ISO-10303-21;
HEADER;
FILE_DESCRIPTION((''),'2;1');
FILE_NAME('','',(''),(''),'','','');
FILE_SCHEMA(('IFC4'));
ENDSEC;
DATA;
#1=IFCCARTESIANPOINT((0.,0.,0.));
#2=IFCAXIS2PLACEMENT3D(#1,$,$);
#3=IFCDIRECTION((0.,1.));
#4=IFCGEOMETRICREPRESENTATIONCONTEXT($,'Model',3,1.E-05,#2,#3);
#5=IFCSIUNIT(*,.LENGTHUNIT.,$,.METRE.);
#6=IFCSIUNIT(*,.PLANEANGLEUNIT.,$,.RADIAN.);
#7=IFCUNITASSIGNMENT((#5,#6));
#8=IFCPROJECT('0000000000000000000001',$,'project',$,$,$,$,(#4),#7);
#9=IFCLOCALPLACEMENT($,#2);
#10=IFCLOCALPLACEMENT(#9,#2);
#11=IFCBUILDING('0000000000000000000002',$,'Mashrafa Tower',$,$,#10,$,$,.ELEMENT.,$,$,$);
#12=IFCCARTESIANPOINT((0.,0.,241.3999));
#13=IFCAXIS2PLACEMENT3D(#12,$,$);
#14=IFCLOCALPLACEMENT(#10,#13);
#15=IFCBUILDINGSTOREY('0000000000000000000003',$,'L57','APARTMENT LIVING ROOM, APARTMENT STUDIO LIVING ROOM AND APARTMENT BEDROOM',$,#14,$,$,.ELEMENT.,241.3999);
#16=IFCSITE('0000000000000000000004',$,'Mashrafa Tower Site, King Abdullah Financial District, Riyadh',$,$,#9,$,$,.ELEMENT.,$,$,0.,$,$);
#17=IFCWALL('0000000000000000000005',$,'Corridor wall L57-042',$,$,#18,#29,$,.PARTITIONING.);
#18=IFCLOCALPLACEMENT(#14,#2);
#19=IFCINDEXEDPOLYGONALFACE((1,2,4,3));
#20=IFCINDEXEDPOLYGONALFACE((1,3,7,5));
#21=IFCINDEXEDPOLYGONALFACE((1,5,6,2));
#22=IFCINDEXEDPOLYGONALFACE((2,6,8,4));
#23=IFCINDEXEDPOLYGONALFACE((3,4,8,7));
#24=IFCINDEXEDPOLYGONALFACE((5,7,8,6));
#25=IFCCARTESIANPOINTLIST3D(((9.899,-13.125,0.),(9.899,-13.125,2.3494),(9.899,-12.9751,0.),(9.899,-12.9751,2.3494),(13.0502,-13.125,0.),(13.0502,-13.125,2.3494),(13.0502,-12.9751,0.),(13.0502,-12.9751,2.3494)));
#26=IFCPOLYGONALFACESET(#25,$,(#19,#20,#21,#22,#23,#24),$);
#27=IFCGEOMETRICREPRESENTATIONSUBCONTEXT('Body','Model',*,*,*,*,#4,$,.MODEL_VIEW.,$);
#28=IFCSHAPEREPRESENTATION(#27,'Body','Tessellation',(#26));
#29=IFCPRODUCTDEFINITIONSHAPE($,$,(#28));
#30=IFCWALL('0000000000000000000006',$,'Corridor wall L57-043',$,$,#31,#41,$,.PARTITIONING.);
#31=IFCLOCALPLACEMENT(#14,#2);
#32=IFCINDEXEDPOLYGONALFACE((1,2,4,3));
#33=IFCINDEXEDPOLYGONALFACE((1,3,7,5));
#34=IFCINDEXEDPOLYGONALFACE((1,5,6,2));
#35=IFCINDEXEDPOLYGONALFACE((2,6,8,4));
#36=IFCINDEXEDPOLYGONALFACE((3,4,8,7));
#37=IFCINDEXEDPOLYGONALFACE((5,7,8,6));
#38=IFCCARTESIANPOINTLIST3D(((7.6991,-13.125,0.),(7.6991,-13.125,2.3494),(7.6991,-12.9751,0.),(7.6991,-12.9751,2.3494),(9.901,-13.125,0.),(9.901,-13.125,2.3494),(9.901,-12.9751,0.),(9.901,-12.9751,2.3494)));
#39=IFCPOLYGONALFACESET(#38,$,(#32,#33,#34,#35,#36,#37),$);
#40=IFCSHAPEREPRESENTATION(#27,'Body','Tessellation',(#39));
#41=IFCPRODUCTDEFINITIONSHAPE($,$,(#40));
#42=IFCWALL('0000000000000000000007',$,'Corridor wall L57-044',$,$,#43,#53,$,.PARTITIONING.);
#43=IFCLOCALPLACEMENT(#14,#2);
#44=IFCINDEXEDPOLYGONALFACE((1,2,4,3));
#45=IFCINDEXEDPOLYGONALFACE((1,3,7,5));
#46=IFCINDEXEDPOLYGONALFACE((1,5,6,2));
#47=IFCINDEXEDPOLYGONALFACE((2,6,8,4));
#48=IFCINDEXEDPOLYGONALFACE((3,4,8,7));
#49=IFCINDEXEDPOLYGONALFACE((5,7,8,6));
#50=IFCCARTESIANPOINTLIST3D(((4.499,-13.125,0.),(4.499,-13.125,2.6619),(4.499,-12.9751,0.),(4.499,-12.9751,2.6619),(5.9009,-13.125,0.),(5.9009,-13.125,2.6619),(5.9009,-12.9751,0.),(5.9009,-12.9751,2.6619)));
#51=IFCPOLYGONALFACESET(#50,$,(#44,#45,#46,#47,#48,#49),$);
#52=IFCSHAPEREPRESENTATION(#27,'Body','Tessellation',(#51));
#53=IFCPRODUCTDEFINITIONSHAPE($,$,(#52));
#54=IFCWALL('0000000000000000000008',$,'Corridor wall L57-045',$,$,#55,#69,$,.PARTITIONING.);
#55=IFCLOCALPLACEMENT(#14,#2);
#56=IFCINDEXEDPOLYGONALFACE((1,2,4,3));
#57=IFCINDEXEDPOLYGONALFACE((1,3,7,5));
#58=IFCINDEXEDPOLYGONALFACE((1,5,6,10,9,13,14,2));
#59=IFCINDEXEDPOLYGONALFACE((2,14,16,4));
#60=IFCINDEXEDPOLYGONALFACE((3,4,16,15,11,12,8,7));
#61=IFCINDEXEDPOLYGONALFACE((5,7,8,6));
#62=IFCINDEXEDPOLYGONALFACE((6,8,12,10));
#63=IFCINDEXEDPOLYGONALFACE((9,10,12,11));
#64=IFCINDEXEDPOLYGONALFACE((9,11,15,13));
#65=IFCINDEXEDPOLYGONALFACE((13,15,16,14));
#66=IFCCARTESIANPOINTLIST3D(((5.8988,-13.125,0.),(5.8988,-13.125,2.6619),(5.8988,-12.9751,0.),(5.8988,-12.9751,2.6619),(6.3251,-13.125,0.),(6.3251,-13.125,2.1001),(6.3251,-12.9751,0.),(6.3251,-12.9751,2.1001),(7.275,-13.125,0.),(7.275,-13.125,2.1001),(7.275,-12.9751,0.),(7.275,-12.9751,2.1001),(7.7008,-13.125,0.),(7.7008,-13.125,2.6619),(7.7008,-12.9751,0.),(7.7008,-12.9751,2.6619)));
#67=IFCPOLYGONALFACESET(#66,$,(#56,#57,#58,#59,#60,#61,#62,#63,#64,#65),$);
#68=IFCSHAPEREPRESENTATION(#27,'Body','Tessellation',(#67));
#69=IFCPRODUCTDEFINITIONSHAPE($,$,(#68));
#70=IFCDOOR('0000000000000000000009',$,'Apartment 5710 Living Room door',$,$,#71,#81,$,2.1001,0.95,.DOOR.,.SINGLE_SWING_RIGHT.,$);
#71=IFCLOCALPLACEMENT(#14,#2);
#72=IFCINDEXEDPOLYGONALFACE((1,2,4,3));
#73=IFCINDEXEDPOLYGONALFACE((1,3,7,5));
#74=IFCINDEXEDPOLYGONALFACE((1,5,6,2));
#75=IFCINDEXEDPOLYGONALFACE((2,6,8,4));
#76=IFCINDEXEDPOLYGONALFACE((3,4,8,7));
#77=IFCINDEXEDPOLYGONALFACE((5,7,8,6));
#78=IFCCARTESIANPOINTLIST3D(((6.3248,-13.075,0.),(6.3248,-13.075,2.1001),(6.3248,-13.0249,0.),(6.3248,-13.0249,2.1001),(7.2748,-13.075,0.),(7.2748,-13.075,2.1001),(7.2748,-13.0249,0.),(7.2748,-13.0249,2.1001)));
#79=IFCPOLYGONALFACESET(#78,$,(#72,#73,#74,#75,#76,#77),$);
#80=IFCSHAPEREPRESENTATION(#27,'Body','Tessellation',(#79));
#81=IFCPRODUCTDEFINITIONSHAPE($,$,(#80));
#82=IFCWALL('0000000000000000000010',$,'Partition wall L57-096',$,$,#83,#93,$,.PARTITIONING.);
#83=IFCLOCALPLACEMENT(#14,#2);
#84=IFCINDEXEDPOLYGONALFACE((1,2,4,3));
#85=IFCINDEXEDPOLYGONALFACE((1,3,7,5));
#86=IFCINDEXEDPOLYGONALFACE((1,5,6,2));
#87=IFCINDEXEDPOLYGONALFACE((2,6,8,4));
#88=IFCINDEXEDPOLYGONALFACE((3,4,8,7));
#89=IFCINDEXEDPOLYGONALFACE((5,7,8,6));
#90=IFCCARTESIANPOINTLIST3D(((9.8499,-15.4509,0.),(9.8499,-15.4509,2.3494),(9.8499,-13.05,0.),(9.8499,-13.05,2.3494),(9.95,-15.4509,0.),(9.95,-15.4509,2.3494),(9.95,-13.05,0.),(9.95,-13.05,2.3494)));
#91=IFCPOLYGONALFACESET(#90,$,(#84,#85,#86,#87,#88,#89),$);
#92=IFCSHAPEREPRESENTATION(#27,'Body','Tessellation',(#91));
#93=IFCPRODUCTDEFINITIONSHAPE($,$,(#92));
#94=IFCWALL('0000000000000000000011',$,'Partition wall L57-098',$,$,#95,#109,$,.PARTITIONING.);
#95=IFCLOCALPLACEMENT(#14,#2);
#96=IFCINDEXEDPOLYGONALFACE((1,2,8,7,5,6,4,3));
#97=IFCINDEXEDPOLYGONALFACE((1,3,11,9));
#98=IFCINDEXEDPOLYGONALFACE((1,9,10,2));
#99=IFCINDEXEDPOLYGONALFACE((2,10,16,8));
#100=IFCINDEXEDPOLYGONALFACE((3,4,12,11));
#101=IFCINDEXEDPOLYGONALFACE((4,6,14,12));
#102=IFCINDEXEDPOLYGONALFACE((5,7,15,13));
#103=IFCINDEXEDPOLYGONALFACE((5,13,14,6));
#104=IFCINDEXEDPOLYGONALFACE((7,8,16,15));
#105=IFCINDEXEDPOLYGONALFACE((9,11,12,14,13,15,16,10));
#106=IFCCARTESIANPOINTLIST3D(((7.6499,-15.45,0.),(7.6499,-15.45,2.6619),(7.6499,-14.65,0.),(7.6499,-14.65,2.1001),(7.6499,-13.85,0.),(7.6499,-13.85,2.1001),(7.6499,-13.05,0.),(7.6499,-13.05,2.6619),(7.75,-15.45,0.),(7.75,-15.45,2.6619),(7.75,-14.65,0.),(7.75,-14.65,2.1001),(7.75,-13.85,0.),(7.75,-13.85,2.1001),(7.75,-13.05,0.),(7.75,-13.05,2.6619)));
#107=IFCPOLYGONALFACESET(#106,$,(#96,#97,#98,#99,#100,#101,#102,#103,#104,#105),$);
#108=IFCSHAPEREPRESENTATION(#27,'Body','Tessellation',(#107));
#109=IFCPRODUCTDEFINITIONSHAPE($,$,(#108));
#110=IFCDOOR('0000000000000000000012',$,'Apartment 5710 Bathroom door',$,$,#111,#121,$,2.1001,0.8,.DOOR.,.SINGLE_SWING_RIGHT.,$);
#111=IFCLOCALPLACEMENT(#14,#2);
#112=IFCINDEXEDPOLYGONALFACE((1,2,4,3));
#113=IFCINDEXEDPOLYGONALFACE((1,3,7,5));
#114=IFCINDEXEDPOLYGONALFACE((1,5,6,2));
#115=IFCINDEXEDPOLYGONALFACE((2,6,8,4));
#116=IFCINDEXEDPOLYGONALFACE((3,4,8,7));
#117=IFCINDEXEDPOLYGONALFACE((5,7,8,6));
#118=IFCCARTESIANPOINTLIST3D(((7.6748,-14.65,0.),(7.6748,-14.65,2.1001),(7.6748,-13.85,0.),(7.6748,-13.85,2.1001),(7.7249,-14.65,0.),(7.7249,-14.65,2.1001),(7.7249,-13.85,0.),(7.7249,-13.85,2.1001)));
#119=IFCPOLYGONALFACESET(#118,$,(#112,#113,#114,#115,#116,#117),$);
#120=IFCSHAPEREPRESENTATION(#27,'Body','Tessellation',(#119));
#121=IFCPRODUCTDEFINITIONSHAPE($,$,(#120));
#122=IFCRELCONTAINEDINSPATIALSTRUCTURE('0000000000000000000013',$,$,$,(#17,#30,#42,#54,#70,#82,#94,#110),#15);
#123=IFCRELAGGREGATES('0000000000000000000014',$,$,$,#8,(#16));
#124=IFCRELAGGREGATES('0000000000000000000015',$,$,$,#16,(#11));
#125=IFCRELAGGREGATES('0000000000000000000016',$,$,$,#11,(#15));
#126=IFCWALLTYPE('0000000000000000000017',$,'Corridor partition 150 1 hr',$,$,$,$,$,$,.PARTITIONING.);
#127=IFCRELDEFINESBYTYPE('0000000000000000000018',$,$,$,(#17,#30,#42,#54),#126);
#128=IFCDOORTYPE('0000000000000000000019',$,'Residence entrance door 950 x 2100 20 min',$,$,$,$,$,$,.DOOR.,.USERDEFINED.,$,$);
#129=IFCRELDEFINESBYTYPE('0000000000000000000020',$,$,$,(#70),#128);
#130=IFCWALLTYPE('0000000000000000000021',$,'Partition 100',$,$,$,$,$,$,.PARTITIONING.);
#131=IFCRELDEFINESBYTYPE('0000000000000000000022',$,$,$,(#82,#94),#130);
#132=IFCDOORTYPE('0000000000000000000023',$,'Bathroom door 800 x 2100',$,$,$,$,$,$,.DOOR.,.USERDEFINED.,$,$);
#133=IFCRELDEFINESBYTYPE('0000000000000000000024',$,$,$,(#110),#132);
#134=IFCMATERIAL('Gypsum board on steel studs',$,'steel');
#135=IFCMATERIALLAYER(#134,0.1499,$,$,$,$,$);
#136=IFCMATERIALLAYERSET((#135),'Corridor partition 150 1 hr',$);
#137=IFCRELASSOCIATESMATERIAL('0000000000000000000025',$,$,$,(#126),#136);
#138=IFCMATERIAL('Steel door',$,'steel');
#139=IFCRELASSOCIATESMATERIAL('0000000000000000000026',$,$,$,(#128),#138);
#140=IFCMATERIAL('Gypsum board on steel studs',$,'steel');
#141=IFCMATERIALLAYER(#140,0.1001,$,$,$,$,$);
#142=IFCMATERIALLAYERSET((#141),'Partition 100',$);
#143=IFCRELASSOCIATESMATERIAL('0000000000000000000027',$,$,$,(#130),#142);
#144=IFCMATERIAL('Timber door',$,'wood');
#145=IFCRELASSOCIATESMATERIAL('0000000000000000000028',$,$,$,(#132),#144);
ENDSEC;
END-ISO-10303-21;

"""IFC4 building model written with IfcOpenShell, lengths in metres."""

from ifc_helpers import new_model, si_unit, direction, frame, frame_2d, origin, place, context, subcontext, project, spatial, rectangle, extrude, material, layer, layer_set, type_object, element, fill, save


model = new_model("IFC4")

# Units and contexts
model_context = context("Model", 3, precision=1e-05, world=origin(), true_north=direction((0.0, 1.0)))
body_context = subcontext(model_context, "Body", "Model", "MODEL_VIEW")
ifc_project = project(units=[si_unit("LENGTHUNIT", "METRE"), si_unit("PLANEANGLEUNIT", "RADIAN")], contexts=[model_context])

# Site, building, storey
site_placement = place(None, origin())
site = spatial("IfcSite", under=ifc_project, at=site_placement, Name="Mashrafa Tower Site, King Abdullah Financial District, Riyadh", CompositionType="ELEMENT", RefElevation=0.0)
building_placement = place(site_placement, origin())
building = spatial("IfcBuilding", under=site, at=building_placement, Name="Mashrafa Tower", CompositionType="ELEMENT")
storey_placement = place(building_placement, frame((0.0, 0.0, 241.3999)))
storey = spatial("IfcBuildingStorey", under=building, at=storey_placement, Name="L57", Description="APARTMENT LIVING ROOM, APARTMENT STUDIO LIVING ROOM AND APARTMENT BEDROOM", CompositionType="ELEMENT", Elevation=241.3999)

# Shared definitions
ifc_material_1 = material(Name="Gypsum board on steel studs", Category="steel")
ifc_layer_1 = layer(ifc_material_1, 0.1499)
ifc_layer_set_1 = layer_set([ifc_layer_1], Name="Corridor partition 150 1 hr")
wall_type_1 = type_object("IfcWallType", Name="Corridor partition 150 1 hr", PredefinedType="PARTITIONING", material=ifc_layer_set_1)
ifc_material_2 = material(Name="Steel door", Category="steel")
door_type_1 = type_object("IfcDoorType", Name="Residence entrance door 950 x 2100 20 min", OperationType="USERDEFINED", PredefinedType="DOOR", material=ifc_material_2)

# Walls
wall_1_placement = place(storey_placement, frame((9.8989, -13.05, 0.0), z_axis=(0.0, 0.0, 1.0), x_axis=(1.0, 0.0, 0.0)))
element("IfcWall", 1, at=wall_1_placement, inside=storey, type_object=wall_type_1, Name="Corridor wall L57-042", PredefinedType="PARTITIONING", context=body_context, shape_type="SweptSolid", body=[
    extrude(rectangle(XDim=3.1511, YDim=0.1499, at=frame_2d((1.5757, 0.0))), origin(), (0.0, 0.0, 1.0), 2.3494),
])
wall_2_placement = place(storey_placement, frame((7.699, -13.05, 0.0), z_axis=(0.0, 0.0, 1.0), x_axis=(1.0, 0.0, 0.0)))
element("IfcWall", 2, at=wall_2_placement, inside=storey, type_object=wall_type_1, Name="Corridor wall L57-043", PredefinedType="PARTITIONING", context=body_context, shape_type="SweptSolid", body=[
    extrude(rectangle(XDim=2.2019, YDim=0.1499, at=frame_2d((1.1011, 0.0))), origin(), (0.0, 0.0, 1.0), 2.3494),
])
wall_3_placement = place(storey_placement, frame((4.499, -13.05, 0.0), z_axis=(0.0, 0.0, 1.0), x_axis=(1.0, 0.0, 0.0)))
element("IfcWall", 3, at=wall_3_placement, inside=storey, type_object=wall_type_1, Name="Corridor wall L57-044", PredefinedType="PARTITIONING", context=body_context, shape_type="SweptSolid", body=[
    extrude(rectangle(XDim=1.4019, YDim=0.1499, at=frame_2d((0.7009, 0.0))), origin(), (0.0, 0.0, 1.0), 2.6619),
])

# Wall, opening, door
wall_4_placement = place(storey_placement, frame((5.8989, -13.05, 0.0), z_axis=(0.0, 0.0, 1.0), x_axis=(1.0, 0.0, 0.0)))
wall_4 = element("IfcWall", 4, at=wall_4_placement, inside=storey, type_object=wall_type_1, Name="Corridor wall L57-045", PredefinedType="PARTITIONING", context=body_context, shape_type="SweptSolid", body=[
    extrude(rectangle(XDim=1.802, YDim=0.1499, at=frame_2d((0.9009, 0.0))), origin(), (0.0, 0.0, 1.0), 2.6619),
])
opening_1_placement = place(wall_4_placement, frame((0.426, 0.0, 0.0)))
opening_1 = element("IfcOpeningElement", 5, at=opening_1_placement, cuts=wall_4, PredefinedType="OPENING", context=body_context, shape_type="SweptSolid", body=[
    extrude(rectangle(XDim=0.95, YDim=2.1001, at=frame_2d((0.4751, 1.05))), frame((0.0, 0.085, 0.0), z_axis=(0.0, -1.0, 0.0), x_axis=(1.0, 0.0, 0.0)), (0.0, 0.0, 1.0), 0.1699),
])
door_1_placement = place(opening_1_placement, frame((0.95, 0.0, 0.0), z_axis=(0.0, 0.0, 1.0), x_axis=(-1.0, 0.0, 0.0)))
door_1 = element("IfcDoor", 6, at=door_1_placement, inside=storey, type_object=door_type_1, Name="Apartment 5710 Living Room door", OperationType="SINGLE_SWING_RIGHT", OverallHeight=2.1001, OverallWidth=0.95, PredefinedType="DOOR", context=body_context, shape_type="SweptSolid", body=[
    extrude(rectangle(XDim=0.95, YDim=2.1001, at=frame_2d((0.4751, 1.05))), frame((0.0, 0.0249, 0.0), z_axis=(0.0, -1.0, 0.0), x_axis=(1.0, 0.0, 0.0)), (0.0, 0.0, 1.0), 0.05),
])
fill(opening_1, door_1)

# Wall
ifc_material_3 = material(Name="Gypsum board on steel studs", Category="steel")
ifc_layer_2 = layer(ifc_material_3, 0.1001)
ifc_layer_set_2 = layer_set([ifc_layer_2], Name="Partition 100")
wall_type_2 = type_object("IfcWallType", Name="Partition 100", PredefinedType="PARTITIONING", material=ifc_layer_set_2)
wall_5_placement = place(storey_placement, frame((9.8999, -13.05, 0.0), z_axis=(0.0, 0.0, 1.0), x_axis=(0.0, -1.0, 0.0)))
element("IfcWall", 7, at=wall_5_placement, inside=storey, type_object=wall_type_2, Name="Partition wall L57-096", PredefinedType="PARTITIONING", context=body_context, shape_type="SweptSolid", body=[
    extrude(rectangle(XDim=2.4009, YDim=0.1001, at=frame_2d((1.2004, 0.0))), origin(), (0.0, 0.0, 1.0), 2.3494),
])

# Wall, opening, door
wall_6_placement = place(storey_placement, frame((7.7, -13.05, 0.0), z_axis=(0.0, 0.0, 1.0), x_axis=(0.0, -1.0, 0.0)))
wall_6 = element("IfcWall", 8, at=wall_6_placement, inside=storey, type_object=wall_type_2, Name="Partition wall L57-098", PredefinedType="PARTITIONING", context=body_context, shape_type="SweptSolid", body=[
    extrude(rectangle(XDim=2.3999, YDim=0.1001, at=frame_2d((1.2, 0.0))), origin(), (0.0, 0.0, 1.0), 2.6619),
])
opening_2_placement = place(wall_6_placement, frame((0.8, 0.0, 0.0)))
opening_2 = element("IfcOpeningElement", 9, at=opening_2_placement, cuts=wall_6, PredefinedType="OPENING", context=body_context, shape_type="SweptSolid", body=[
    extrude(rectangle(XDim=0.8, YDim=2.1001, at=frame_2d((0.3999, 1.05))), frame((0.0, 0.0601, 0.0), z_axis=(0.0, -1.0, 0.0), x_axis=(1.0, 0.0, 0.0)), (0.0, 0.0, 1.0), 0.1201),
])
ifc_material_4 = material(Name="Timber door", Category="wood")
door_type_2 = type_object("IfcDoorType", Name="Bathroom door 800 x 2100", OperationType="USERDEFINED", PredefinedType="DOOR", material=ifc_material_4)
door_2_placement = place(opening_2_placement, origin())
door_2 = element("IfcDoor", 10, at=door_2_placement, inside=storey, type_object=door_type_2, Name="Apartment 5710 Bathroom door", OperationType="SINGLE_SWING_RIGHT", OverallHeight=2.1001, OverallWidth=0.8, PredefinedType="DOOR", context=body_context, shape_type="SweptSolid", body=[
    extrude(rectangle(XDim=0.8, YDim=2.1001, at=frame_2d((0.3999, 1.05))), frame((0.0, 0.0249, 0.0), z_axis=(0.0, -1.0, 0.0), x_axis=(1.0, 0.0, 0.0)), (0.0, 0.0, 1.0), 0.05),
])
fill(opening_2, door_2)

save(model, "model.ifc")
